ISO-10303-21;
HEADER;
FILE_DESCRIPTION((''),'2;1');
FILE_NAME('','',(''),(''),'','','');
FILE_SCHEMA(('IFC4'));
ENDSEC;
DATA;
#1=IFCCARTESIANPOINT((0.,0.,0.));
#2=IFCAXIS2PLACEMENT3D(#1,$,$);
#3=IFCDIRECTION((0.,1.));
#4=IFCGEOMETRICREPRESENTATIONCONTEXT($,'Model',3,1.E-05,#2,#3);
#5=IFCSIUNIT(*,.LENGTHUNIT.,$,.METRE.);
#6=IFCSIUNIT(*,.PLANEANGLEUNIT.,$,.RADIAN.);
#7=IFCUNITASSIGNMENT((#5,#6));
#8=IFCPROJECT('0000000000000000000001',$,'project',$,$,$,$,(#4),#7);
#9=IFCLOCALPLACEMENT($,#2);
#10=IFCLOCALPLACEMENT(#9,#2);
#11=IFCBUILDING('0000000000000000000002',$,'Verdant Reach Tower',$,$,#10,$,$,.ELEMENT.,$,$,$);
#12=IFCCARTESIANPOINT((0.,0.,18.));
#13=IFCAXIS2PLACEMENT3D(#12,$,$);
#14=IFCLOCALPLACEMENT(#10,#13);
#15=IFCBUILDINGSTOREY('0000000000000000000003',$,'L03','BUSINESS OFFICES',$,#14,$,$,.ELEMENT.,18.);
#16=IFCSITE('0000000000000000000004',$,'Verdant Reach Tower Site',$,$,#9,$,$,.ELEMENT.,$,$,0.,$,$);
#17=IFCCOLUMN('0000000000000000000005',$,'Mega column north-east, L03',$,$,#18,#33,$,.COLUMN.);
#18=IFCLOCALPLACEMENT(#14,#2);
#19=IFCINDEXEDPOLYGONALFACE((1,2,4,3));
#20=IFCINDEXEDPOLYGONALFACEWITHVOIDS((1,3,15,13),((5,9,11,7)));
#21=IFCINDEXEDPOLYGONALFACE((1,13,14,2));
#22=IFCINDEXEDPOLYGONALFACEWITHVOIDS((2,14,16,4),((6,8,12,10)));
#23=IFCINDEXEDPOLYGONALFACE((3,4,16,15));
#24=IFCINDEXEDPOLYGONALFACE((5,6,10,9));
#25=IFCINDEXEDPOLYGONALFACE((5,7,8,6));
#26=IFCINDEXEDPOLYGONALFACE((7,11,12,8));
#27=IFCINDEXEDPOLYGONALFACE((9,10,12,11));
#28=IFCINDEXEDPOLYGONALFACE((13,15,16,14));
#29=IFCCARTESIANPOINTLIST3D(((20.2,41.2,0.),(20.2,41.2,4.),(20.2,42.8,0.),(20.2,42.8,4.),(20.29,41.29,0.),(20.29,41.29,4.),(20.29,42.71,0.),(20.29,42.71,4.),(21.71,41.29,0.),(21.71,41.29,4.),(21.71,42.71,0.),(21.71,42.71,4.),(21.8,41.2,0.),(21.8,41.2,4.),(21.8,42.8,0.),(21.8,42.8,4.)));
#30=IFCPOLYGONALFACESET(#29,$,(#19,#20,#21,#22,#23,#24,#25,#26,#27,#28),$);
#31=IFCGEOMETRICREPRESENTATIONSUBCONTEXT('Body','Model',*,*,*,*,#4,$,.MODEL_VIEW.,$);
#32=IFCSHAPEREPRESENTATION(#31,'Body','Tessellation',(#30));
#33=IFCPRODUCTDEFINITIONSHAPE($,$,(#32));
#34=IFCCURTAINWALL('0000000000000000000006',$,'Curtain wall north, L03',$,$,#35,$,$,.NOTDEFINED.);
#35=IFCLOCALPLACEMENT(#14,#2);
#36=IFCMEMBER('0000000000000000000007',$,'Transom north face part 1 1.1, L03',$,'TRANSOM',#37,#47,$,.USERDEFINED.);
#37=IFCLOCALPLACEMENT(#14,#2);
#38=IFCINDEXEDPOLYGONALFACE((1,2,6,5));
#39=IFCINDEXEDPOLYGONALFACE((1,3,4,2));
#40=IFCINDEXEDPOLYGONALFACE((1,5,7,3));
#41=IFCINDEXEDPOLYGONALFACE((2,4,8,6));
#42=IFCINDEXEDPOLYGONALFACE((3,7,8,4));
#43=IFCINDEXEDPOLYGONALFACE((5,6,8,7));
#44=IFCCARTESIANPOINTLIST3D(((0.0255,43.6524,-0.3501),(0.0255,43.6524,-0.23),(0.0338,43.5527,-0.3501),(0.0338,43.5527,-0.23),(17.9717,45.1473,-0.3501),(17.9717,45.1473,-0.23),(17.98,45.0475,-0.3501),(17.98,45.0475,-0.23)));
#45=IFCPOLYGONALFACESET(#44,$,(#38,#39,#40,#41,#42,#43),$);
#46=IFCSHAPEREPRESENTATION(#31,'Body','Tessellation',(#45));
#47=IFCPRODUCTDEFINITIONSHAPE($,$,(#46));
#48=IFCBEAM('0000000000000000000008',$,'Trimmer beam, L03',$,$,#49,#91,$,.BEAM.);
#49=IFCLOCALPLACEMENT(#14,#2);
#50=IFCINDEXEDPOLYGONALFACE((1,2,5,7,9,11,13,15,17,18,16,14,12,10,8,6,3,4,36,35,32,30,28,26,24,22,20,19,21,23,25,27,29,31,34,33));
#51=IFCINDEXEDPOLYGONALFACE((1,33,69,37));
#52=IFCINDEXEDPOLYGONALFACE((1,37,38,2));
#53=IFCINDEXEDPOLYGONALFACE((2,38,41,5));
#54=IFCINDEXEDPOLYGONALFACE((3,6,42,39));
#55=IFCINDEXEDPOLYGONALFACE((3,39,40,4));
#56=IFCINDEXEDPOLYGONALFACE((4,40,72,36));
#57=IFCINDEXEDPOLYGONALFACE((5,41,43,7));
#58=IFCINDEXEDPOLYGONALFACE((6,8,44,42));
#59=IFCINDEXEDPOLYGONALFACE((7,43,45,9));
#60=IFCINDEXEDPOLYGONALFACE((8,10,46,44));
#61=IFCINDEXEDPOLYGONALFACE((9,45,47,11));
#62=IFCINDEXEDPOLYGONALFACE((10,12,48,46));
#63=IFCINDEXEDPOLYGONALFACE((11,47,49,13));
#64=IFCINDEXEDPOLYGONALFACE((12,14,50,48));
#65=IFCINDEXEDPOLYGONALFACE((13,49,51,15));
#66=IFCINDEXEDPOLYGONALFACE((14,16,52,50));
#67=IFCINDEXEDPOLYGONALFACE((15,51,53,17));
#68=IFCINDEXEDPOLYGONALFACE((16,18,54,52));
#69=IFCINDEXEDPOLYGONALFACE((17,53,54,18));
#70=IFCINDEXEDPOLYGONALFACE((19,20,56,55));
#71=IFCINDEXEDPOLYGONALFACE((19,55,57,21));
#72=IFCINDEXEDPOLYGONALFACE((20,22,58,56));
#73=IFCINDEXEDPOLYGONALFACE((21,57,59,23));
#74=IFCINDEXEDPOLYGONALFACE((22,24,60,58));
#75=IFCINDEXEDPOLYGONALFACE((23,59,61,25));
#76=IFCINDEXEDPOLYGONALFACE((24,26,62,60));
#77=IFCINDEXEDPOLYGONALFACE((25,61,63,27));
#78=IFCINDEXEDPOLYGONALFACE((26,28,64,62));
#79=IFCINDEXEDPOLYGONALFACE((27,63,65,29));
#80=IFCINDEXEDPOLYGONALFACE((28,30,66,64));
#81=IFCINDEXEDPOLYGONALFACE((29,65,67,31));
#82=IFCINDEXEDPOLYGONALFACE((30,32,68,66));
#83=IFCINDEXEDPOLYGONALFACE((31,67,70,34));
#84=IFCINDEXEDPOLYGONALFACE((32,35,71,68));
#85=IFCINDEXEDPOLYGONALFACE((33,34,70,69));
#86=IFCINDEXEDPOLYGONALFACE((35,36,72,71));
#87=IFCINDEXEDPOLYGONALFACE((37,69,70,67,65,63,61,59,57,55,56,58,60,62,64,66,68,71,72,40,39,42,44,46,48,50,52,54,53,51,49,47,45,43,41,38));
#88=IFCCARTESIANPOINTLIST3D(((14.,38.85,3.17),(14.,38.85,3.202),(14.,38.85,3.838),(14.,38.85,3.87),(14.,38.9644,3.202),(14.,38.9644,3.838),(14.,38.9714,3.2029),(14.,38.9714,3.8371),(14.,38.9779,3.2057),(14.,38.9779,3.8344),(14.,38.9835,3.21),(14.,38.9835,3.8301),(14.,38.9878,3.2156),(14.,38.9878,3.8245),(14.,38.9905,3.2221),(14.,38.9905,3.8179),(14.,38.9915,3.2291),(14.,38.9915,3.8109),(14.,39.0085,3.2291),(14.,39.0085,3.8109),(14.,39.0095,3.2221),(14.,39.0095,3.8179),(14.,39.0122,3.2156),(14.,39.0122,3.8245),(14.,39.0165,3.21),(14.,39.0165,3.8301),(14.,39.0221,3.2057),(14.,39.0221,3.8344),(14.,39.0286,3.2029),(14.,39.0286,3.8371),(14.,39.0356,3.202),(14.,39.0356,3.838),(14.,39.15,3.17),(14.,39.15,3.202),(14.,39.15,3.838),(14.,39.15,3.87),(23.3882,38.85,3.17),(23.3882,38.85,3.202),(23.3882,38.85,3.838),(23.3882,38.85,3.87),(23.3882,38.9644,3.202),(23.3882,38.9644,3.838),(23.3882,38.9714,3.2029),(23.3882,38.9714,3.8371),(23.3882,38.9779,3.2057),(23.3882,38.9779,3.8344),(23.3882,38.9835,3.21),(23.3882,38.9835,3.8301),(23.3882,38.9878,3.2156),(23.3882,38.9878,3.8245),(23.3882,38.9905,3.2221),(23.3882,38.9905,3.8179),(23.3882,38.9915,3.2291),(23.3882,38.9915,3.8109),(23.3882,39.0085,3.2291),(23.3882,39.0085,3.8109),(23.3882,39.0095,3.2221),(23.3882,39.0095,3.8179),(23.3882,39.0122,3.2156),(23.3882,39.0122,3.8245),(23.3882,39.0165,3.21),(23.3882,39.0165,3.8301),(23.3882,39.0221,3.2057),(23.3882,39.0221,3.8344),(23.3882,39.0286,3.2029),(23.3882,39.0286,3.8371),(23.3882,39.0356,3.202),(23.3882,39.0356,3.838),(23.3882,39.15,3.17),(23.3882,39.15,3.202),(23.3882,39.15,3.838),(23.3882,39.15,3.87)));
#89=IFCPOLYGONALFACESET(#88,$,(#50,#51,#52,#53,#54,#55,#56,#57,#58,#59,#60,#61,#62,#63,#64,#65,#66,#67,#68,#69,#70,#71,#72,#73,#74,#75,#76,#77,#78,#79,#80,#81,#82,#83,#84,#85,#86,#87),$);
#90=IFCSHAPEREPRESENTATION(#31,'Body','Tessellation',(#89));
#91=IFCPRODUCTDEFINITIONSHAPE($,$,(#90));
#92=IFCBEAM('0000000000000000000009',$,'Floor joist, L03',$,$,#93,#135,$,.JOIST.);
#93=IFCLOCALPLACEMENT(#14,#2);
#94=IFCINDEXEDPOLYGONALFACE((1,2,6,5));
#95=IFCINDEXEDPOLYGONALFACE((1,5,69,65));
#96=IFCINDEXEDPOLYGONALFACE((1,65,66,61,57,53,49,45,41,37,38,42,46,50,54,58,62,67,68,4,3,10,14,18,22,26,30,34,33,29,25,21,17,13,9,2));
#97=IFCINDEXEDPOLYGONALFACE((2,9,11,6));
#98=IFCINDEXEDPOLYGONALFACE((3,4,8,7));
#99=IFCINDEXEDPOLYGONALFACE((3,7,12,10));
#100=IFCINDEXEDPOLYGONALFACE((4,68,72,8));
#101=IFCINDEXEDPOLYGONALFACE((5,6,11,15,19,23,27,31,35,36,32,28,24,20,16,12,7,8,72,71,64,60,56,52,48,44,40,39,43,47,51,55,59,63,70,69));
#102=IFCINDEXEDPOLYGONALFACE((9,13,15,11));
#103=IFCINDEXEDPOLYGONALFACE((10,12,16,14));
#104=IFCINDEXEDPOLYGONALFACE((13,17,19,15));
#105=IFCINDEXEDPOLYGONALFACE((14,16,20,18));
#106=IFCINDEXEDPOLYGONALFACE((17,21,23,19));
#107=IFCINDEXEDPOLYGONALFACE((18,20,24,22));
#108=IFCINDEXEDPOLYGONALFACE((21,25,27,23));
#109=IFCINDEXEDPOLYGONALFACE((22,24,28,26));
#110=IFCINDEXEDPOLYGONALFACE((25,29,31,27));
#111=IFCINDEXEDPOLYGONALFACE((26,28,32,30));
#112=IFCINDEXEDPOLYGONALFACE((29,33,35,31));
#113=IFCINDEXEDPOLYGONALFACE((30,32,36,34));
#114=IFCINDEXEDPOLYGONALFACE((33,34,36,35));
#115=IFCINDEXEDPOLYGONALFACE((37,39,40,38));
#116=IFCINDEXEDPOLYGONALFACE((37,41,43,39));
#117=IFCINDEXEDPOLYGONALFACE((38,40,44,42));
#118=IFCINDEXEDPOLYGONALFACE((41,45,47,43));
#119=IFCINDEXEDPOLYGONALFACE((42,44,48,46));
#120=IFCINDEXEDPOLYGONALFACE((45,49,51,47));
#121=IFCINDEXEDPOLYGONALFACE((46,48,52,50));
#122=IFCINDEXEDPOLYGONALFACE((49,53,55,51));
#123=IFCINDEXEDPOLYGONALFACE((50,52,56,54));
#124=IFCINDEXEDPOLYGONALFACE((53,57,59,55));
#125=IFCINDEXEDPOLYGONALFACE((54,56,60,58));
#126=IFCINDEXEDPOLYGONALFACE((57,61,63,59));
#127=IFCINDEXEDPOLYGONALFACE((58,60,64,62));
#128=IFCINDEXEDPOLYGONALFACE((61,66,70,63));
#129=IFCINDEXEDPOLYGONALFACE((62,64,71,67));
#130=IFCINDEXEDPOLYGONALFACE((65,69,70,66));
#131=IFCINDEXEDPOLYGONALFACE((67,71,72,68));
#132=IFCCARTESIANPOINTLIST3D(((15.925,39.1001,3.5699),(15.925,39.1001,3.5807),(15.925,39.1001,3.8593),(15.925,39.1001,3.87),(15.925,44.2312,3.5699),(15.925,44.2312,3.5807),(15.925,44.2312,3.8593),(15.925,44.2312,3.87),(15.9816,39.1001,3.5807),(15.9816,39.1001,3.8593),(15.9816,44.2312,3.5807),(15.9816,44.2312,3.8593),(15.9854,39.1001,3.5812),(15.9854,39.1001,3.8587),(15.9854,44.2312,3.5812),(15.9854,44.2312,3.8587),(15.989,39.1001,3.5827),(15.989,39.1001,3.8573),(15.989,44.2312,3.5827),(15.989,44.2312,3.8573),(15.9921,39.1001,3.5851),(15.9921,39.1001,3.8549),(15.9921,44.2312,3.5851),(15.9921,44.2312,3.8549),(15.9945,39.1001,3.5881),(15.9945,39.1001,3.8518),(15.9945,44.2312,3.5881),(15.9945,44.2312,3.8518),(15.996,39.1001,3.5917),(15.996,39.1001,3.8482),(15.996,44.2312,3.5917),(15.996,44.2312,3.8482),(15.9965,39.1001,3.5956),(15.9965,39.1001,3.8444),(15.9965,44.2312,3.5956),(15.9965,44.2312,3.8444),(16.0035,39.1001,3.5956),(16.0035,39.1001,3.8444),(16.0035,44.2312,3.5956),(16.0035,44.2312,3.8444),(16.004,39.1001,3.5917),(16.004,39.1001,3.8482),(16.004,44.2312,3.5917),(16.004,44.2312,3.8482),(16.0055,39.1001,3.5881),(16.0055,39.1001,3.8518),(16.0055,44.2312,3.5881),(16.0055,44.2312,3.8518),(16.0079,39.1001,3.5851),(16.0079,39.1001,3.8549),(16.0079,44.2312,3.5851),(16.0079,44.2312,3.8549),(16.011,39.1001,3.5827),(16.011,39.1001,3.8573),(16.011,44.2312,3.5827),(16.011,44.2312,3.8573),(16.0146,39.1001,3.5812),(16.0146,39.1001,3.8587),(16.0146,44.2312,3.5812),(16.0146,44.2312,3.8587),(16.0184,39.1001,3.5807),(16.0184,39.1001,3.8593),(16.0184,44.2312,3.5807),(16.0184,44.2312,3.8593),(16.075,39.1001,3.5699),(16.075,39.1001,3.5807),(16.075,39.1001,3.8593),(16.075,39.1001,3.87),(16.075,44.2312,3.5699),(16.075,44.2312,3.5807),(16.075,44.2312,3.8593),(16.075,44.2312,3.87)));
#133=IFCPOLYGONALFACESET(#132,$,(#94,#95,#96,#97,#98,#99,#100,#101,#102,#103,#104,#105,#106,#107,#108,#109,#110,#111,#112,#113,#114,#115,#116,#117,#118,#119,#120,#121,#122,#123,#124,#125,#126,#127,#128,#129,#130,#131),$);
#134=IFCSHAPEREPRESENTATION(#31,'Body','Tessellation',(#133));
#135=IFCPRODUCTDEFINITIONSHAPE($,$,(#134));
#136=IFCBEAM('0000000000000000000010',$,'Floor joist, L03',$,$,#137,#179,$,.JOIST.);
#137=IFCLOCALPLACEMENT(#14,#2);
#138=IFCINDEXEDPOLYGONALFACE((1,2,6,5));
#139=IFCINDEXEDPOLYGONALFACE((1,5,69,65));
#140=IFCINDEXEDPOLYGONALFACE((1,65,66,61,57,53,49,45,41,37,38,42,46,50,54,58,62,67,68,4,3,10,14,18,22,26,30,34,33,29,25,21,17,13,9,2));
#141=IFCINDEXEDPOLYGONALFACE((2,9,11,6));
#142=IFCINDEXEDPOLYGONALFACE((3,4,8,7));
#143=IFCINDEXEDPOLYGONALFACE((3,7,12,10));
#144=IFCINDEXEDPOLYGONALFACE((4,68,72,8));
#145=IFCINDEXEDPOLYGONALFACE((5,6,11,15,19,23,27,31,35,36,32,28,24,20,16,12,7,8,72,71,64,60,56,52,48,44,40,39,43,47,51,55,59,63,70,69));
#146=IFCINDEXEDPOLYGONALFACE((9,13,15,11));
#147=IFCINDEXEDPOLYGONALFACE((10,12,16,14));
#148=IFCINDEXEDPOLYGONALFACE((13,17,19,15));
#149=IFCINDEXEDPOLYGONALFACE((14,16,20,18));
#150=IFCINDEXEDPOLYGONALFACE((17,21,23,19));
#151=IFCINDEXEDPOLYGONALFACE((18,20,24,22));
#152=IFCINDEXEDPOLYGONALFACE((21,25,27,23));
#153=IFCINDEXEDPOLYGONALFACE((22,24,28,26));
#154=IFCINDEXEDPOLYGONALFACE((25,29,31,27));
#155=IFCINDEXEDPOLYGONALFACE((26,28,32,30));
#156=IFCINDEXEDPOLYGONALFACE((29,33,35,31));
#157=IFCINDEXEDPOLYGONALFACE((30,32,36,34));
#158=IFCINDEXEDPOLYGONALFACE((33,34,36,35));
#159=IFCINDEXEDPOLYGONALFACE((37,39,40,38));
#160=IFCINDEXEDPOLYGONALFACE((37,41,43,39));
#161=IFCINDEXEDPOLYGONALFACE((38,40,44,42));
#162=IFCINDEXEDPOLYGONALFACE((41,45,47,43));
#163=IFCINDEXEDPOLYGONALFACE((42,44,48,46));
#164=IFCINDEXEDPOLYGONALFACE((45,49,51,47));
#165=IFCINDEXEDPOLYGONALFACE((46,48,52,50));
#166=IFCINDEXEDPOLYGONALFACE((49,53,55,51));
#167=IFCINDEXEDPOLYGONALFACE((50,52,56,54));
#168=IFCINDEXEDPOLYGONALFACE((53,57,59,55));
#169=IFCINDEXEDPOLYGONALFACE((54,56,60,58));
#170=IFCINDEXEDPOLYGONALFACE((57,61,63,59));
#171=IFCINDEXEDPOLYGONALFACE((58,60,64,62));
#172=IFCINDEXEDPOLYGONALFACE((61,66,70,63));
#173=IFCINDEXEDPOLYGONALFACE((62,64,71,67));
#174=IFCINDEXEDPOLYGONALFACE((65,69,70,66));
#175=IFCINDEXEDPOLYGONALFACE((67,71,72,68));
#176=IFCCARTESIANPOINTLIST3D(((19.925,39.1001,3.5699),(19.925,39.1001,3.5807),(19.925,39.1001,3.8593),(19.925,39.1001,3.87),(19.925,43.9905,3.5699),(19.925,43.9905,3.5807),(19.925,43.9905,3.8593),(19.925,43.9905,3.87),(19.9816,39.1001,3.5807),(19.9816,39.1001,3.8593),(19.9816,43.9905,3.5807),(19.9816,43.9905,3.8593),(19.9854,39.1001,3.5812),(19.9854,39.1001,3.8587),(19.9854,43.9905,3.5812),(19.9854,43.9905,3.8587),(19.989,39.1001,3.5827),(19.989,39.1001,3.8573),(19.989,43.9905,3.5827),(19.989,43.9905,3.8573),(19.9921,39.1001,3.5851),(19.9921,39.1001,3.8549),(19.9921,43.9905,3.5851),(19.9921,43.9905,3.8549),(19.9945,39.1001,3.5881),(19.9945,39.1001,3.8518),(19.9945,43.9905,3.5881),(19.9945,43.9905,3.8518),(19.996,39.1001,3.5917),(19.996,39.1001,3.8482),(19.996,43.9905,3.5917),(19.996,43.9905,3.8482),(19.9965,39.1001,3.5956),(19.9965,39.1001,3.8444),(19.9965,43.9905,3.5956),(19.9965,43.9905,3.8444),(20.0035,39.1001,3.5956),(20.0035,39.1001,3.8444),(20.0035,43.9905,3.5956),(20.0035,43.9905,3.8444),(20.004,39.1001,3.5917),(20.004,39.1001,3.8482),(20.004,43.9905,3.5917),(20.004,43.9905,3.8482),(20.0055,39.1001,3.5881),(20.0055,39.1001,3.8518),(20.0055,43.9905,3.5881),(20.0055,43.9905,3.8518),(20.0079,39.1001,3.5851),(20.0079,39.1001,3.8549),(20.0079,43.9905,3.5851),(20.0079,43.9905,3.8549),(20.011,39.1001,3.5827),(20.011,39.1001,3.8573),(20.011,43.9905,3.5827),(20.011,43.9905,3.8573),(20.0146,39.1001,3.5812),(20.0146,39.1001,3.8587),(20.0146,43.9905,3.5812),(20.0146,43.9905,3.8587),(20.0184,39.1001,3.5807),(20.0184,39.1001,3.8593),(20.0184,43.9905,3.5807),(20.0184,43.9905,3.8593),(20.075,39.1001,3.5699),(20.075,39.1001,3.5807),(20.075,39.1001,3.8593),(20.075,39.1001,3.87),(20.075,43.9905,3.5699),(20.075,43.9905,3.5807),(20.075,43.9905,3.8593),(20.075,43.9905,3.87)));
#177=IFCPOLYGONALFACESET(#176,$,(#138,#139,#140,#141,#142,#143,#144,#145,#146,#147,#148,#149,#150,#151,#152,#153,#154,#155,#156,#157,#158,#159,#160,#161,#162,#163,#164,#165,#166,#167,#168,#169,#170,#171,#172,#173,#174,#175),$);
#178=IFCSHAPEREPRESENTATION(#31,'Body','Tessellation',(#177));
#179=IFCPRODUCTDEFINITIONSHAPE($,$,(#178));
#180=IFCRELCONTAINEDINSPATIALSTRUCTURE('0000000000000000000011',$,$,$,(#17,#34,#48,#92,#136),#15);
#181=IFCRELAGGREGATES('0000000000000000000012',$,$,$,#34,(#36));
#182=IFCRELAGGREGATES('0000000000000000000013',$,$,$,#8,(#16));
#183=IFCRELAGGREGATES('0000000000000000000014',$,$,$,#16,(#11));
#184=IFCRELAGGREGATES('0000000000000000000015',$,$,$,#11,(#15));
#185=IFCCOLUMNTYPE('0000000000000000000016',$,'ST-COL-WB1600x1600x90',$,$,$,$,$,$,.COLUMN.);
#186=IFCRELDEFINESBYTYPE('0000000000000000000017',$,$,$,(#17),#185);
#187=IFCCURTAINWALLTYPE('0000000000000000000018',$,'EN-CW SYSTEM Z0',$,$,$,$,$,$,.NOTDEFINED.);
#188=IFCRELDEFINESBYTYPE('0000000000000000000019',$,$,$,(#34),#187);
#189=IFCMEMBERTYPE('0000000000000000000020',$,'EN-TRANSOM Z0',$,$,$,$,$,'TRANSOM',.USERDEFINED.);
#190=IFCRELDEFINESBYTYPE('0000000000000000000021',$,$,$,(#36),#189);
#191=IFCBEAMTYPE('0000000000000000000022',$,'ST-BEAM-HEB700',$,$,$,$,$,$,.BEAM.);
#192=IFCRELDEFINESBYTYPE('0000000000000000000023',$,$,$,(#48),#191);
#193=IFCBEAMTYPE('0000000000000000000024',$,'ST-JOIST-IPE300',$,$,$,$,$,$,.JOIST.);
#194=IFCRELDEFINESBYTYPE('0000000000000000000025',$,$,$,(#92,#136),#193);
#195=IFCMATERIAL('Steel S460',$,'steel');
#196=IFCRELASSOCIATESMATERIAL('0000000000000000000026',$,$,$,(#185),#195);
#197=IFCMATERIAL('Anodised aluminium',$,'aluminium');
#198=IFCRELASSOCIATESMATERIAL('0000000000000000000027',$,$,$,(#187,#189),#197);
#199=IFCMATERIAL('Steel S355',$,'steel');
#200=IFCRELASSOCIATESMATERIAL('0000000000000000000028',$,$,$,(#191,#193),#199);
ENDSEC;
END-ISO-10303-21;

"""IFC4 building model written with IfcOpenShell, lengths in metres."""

from ifc_helpers import new_model, si_unit, direction, frame, origin, origin_2d, place, context, subcontext, project, spatial, rectangle, hollow_rectangle, i_section, extrude, material, material_profile, profile_set, type_object, element, aggregate, save


model = new_model("IFC4")

# Units and contexts
model_context = context("Model", 3, precision=1e-05, world=origin(), true_north=direction((0.0, 1.0)))
body_context = subcontext(model_context, "Body", "Model", "MODEL_VIEW")
ifc_project = project(units=[si_unit("LENGTHUNIT", "METRE"), si_unit("PLANEANGLEUNIT", "RADIAN")], contexts=[model_context])

# Site, building, storey
site_placement = place(None, origin())
site = spatial("IfcSite", under=ifc_project, at=site_placement, Name="Verdant Reach Tower Site", CompositionType="ELEMENT", RefElevation=0.0)
building_placement = place(site_placement, origin())
building = spatial("IfcBuilding", under=site, at=building_placement, Name="Verdant Reach Tower", CompositionType="ELEMENT")
storey_placement = place(building_placement, frame((0.0, 0.0, 18.0)))
storey = spatial("IfcBuildingStorey", under=building, at=storey_placement, Name="L03", Description="BUSINESS OFFICES", CompositionType="ELEMENT", Elevation=18.0)

# Column
ifc_material_1 = material(Name="Steel S460", Category="steel")
ifc_material_profile_1 = material_profile(ifc_material_1, hollow_rectangle(XDim=1.6001, YDim=1.6001, WallThickness=0.0901, at=origin_2d()), Name="WB 1600x1600x90")
ifc_profile_set_1 = profile_set([ifc_material_profile_1], Name="Steel S460")
column_type = type_object("IfcColumnType", Name="ST-COL-WB1600x1600x90", PredefinedType="COLUMN", material=ifc_profile_set_1)
column_placement = place(storey_placement, frame((21.0, 42.0, 0.0), z_axis=(0.0, 0.0, 1.0), x_axis=(1.0, 0.0, 0.0)))
element("IfcColumn", 1, at=column_placement, inside=storey, type_object=column_type, Name="Mega column north-east, L03", PredefinedType="COLUMN", context=body_context, shape_type="SweptSolid", body=[
    extrude(hollow_rectangle(XDim=1.6001, YDim=1.6001, WallThickness=0.0901, at=origin_2d()), origin(), (0.0, 0.0, 1.0), 4.0),
])

# Curtain wall, member
ifc_material_2 = material(Name="Anodised aluminium", Category="aluminium")
curtain_wall_type = type_object("IfcCurtainWallType", Name="EN-CW SYSTEM Z0", PredefinedType="NOTDEFINED", material=ifc_material_2)
curtain_wall_1_placement = place(storey_placement, origin())
curtain_wall_1 = element("IfcCurtainWall", 2, at=curtain_wall_1_placement, inside=storey, type_object=curtain_wall_type, Name="Curtain wall north, L03", PredefinedType="NOTDEFINED")
ifc_material_profile_2 = material_profile(ifc_material_2, rectangle(XDim=0.1001, YDim=0.1201, at=origin_2d()), Name="Transom 120x100")
ifc_profile_set_2 = profile_set([ifc_material_profile_2], Name="Anodised aluminium")
member_type = type_object("IfcMemberType", Name="EN-TRANSOM Z0", ElementType="TRANSOM", PredefinedType="USERDEFINED", material=ifc_profile_set_2)
member_placement = place(storey_placement, frame((17.9758, 45.0974, -0.29), z_axis=(-0.996549, -0.083011, 0.0), x_axis=(0.083011, -0.996549, 0.0)))
member = element("IfcMember", 3, at=member_placement, type_object=member_type, Name="Transom north face part 1 1.1, L03", ObjectType="TRANSOM", PredefinedType="USERDEFINED", context=body_context, shape_type="SweptSolid", body=[
    extrude(rectangle(XDim=0.1001, YDim=0.1201, at=origin_2d()), origin(), (0.0, 0.0, 1.0), 18.0083),
])

# Beams
ifc_material_3 = material(Name="Steel S355", Category="steel")
ifc_material_profile_3 = material_profile(ifc_material_3, i_section(OverallWidth=0.3, OverallDepth=0.7, WebThickness=0.0171, FlangeThickness=0.032, FilletRadius=0.0271, at=origin_2d()), Name="HEB 700")
ifc_profile_set_3 = profile_set([ifc_material_profile_3], Name="Steel S355")
beam_type_1 = type_object("IfcBeamType", Name="ST-BEAM-HEB700", PredefinedType="BEAM", material=ifc_profile_set_3)
beam_1_placement = place(storey_placement, frame((14.0, 39.0, 3.52), z_axis=(1.0, 0.0, 0.0), x_axis=(0.0, 1.0, 0.0)))
element("IfcBeam", 4, at=beam_1_placement, inside=storey, type_object=beam_type_1, Name="Trimmer beam, L03", PredefinedType="BEAM", context=body_context, shape_type="SweptSolid", body=[
    extrude(i_section(OverallWidth=0.3, OverallDepth=0.7, WebThickness=0.0171, FlangeThickness=0.032, FilletRadius=0.0271, at=origin_2d()), origin(), (0.0, 0.0, 1.0), 9.3882),
])
ifc_material_profile_4 = material_profile(ifc_material_3, i_section(OverallWidth=0.1499, OverallDepth=0.3, WebThickness=0.0071, FlangeThickness=0.0107, FilletRadius=0.0149, at=origin_2d()), Name="IPE 300")
ifc_profile_set_4 = profile_set([ifc_material_profile_4], Name="Steel S355")
beam_type_2 = type_object("IfcBeamType", Name="ST-JOIST-IPE300", PredefinedType="JOIST", material=ifc_profile_set_4)
beam_2_placement = place(storey_placement, frame((16.0, 39.1001, 3.72), z_axis=(0.0, 1.0, 0.0), x_axis=(-1.0, 0.0, 0.0)))
element("IfcBeam", 5, at=beam_2_placement, inside=storey, type_object=beam_type_2, Name="Floor joist, L03", PredefinedType="JOIST", context=body_context, shape_type="SweptSolid", body=[
    extrude(i_section(OverallWidth=0.1499, OverallDepth=0.3, WebThickness=0.0071, FlangeThickness=0.0107, FilletRadius=0.0149, at=origin_2d()), origin(), (0.0, 0.0, 1.0), 5.1311),
])
beam_3_placement = place(storey_placement, frame((20.0, 39.1001, 3.72), z_axis=(0.0, 1.0, 0.0), x_axis=(-1.0, 0.0, 0.0)))
element("IfcBeam", 6, at=beam_3_placement, inside=storey, type_object=beam_type_2, Name="Floor joist, L03", PredefinedType="JOIST", context=body_context, shape_type="SweptSolid", body=[
    extrude(i_section(OverallWidth=0.1499, OverallDepth=0.3, WebThickness=0.0071, FlangeThickness=0.0107, FilletRadius=0.0149, at=origin_2d()), origin(), (0.0, 0.0, 1.0), 4.8904),
])

aggregate(curtain_wall_1, [member])

save(model, "model.ifc")
